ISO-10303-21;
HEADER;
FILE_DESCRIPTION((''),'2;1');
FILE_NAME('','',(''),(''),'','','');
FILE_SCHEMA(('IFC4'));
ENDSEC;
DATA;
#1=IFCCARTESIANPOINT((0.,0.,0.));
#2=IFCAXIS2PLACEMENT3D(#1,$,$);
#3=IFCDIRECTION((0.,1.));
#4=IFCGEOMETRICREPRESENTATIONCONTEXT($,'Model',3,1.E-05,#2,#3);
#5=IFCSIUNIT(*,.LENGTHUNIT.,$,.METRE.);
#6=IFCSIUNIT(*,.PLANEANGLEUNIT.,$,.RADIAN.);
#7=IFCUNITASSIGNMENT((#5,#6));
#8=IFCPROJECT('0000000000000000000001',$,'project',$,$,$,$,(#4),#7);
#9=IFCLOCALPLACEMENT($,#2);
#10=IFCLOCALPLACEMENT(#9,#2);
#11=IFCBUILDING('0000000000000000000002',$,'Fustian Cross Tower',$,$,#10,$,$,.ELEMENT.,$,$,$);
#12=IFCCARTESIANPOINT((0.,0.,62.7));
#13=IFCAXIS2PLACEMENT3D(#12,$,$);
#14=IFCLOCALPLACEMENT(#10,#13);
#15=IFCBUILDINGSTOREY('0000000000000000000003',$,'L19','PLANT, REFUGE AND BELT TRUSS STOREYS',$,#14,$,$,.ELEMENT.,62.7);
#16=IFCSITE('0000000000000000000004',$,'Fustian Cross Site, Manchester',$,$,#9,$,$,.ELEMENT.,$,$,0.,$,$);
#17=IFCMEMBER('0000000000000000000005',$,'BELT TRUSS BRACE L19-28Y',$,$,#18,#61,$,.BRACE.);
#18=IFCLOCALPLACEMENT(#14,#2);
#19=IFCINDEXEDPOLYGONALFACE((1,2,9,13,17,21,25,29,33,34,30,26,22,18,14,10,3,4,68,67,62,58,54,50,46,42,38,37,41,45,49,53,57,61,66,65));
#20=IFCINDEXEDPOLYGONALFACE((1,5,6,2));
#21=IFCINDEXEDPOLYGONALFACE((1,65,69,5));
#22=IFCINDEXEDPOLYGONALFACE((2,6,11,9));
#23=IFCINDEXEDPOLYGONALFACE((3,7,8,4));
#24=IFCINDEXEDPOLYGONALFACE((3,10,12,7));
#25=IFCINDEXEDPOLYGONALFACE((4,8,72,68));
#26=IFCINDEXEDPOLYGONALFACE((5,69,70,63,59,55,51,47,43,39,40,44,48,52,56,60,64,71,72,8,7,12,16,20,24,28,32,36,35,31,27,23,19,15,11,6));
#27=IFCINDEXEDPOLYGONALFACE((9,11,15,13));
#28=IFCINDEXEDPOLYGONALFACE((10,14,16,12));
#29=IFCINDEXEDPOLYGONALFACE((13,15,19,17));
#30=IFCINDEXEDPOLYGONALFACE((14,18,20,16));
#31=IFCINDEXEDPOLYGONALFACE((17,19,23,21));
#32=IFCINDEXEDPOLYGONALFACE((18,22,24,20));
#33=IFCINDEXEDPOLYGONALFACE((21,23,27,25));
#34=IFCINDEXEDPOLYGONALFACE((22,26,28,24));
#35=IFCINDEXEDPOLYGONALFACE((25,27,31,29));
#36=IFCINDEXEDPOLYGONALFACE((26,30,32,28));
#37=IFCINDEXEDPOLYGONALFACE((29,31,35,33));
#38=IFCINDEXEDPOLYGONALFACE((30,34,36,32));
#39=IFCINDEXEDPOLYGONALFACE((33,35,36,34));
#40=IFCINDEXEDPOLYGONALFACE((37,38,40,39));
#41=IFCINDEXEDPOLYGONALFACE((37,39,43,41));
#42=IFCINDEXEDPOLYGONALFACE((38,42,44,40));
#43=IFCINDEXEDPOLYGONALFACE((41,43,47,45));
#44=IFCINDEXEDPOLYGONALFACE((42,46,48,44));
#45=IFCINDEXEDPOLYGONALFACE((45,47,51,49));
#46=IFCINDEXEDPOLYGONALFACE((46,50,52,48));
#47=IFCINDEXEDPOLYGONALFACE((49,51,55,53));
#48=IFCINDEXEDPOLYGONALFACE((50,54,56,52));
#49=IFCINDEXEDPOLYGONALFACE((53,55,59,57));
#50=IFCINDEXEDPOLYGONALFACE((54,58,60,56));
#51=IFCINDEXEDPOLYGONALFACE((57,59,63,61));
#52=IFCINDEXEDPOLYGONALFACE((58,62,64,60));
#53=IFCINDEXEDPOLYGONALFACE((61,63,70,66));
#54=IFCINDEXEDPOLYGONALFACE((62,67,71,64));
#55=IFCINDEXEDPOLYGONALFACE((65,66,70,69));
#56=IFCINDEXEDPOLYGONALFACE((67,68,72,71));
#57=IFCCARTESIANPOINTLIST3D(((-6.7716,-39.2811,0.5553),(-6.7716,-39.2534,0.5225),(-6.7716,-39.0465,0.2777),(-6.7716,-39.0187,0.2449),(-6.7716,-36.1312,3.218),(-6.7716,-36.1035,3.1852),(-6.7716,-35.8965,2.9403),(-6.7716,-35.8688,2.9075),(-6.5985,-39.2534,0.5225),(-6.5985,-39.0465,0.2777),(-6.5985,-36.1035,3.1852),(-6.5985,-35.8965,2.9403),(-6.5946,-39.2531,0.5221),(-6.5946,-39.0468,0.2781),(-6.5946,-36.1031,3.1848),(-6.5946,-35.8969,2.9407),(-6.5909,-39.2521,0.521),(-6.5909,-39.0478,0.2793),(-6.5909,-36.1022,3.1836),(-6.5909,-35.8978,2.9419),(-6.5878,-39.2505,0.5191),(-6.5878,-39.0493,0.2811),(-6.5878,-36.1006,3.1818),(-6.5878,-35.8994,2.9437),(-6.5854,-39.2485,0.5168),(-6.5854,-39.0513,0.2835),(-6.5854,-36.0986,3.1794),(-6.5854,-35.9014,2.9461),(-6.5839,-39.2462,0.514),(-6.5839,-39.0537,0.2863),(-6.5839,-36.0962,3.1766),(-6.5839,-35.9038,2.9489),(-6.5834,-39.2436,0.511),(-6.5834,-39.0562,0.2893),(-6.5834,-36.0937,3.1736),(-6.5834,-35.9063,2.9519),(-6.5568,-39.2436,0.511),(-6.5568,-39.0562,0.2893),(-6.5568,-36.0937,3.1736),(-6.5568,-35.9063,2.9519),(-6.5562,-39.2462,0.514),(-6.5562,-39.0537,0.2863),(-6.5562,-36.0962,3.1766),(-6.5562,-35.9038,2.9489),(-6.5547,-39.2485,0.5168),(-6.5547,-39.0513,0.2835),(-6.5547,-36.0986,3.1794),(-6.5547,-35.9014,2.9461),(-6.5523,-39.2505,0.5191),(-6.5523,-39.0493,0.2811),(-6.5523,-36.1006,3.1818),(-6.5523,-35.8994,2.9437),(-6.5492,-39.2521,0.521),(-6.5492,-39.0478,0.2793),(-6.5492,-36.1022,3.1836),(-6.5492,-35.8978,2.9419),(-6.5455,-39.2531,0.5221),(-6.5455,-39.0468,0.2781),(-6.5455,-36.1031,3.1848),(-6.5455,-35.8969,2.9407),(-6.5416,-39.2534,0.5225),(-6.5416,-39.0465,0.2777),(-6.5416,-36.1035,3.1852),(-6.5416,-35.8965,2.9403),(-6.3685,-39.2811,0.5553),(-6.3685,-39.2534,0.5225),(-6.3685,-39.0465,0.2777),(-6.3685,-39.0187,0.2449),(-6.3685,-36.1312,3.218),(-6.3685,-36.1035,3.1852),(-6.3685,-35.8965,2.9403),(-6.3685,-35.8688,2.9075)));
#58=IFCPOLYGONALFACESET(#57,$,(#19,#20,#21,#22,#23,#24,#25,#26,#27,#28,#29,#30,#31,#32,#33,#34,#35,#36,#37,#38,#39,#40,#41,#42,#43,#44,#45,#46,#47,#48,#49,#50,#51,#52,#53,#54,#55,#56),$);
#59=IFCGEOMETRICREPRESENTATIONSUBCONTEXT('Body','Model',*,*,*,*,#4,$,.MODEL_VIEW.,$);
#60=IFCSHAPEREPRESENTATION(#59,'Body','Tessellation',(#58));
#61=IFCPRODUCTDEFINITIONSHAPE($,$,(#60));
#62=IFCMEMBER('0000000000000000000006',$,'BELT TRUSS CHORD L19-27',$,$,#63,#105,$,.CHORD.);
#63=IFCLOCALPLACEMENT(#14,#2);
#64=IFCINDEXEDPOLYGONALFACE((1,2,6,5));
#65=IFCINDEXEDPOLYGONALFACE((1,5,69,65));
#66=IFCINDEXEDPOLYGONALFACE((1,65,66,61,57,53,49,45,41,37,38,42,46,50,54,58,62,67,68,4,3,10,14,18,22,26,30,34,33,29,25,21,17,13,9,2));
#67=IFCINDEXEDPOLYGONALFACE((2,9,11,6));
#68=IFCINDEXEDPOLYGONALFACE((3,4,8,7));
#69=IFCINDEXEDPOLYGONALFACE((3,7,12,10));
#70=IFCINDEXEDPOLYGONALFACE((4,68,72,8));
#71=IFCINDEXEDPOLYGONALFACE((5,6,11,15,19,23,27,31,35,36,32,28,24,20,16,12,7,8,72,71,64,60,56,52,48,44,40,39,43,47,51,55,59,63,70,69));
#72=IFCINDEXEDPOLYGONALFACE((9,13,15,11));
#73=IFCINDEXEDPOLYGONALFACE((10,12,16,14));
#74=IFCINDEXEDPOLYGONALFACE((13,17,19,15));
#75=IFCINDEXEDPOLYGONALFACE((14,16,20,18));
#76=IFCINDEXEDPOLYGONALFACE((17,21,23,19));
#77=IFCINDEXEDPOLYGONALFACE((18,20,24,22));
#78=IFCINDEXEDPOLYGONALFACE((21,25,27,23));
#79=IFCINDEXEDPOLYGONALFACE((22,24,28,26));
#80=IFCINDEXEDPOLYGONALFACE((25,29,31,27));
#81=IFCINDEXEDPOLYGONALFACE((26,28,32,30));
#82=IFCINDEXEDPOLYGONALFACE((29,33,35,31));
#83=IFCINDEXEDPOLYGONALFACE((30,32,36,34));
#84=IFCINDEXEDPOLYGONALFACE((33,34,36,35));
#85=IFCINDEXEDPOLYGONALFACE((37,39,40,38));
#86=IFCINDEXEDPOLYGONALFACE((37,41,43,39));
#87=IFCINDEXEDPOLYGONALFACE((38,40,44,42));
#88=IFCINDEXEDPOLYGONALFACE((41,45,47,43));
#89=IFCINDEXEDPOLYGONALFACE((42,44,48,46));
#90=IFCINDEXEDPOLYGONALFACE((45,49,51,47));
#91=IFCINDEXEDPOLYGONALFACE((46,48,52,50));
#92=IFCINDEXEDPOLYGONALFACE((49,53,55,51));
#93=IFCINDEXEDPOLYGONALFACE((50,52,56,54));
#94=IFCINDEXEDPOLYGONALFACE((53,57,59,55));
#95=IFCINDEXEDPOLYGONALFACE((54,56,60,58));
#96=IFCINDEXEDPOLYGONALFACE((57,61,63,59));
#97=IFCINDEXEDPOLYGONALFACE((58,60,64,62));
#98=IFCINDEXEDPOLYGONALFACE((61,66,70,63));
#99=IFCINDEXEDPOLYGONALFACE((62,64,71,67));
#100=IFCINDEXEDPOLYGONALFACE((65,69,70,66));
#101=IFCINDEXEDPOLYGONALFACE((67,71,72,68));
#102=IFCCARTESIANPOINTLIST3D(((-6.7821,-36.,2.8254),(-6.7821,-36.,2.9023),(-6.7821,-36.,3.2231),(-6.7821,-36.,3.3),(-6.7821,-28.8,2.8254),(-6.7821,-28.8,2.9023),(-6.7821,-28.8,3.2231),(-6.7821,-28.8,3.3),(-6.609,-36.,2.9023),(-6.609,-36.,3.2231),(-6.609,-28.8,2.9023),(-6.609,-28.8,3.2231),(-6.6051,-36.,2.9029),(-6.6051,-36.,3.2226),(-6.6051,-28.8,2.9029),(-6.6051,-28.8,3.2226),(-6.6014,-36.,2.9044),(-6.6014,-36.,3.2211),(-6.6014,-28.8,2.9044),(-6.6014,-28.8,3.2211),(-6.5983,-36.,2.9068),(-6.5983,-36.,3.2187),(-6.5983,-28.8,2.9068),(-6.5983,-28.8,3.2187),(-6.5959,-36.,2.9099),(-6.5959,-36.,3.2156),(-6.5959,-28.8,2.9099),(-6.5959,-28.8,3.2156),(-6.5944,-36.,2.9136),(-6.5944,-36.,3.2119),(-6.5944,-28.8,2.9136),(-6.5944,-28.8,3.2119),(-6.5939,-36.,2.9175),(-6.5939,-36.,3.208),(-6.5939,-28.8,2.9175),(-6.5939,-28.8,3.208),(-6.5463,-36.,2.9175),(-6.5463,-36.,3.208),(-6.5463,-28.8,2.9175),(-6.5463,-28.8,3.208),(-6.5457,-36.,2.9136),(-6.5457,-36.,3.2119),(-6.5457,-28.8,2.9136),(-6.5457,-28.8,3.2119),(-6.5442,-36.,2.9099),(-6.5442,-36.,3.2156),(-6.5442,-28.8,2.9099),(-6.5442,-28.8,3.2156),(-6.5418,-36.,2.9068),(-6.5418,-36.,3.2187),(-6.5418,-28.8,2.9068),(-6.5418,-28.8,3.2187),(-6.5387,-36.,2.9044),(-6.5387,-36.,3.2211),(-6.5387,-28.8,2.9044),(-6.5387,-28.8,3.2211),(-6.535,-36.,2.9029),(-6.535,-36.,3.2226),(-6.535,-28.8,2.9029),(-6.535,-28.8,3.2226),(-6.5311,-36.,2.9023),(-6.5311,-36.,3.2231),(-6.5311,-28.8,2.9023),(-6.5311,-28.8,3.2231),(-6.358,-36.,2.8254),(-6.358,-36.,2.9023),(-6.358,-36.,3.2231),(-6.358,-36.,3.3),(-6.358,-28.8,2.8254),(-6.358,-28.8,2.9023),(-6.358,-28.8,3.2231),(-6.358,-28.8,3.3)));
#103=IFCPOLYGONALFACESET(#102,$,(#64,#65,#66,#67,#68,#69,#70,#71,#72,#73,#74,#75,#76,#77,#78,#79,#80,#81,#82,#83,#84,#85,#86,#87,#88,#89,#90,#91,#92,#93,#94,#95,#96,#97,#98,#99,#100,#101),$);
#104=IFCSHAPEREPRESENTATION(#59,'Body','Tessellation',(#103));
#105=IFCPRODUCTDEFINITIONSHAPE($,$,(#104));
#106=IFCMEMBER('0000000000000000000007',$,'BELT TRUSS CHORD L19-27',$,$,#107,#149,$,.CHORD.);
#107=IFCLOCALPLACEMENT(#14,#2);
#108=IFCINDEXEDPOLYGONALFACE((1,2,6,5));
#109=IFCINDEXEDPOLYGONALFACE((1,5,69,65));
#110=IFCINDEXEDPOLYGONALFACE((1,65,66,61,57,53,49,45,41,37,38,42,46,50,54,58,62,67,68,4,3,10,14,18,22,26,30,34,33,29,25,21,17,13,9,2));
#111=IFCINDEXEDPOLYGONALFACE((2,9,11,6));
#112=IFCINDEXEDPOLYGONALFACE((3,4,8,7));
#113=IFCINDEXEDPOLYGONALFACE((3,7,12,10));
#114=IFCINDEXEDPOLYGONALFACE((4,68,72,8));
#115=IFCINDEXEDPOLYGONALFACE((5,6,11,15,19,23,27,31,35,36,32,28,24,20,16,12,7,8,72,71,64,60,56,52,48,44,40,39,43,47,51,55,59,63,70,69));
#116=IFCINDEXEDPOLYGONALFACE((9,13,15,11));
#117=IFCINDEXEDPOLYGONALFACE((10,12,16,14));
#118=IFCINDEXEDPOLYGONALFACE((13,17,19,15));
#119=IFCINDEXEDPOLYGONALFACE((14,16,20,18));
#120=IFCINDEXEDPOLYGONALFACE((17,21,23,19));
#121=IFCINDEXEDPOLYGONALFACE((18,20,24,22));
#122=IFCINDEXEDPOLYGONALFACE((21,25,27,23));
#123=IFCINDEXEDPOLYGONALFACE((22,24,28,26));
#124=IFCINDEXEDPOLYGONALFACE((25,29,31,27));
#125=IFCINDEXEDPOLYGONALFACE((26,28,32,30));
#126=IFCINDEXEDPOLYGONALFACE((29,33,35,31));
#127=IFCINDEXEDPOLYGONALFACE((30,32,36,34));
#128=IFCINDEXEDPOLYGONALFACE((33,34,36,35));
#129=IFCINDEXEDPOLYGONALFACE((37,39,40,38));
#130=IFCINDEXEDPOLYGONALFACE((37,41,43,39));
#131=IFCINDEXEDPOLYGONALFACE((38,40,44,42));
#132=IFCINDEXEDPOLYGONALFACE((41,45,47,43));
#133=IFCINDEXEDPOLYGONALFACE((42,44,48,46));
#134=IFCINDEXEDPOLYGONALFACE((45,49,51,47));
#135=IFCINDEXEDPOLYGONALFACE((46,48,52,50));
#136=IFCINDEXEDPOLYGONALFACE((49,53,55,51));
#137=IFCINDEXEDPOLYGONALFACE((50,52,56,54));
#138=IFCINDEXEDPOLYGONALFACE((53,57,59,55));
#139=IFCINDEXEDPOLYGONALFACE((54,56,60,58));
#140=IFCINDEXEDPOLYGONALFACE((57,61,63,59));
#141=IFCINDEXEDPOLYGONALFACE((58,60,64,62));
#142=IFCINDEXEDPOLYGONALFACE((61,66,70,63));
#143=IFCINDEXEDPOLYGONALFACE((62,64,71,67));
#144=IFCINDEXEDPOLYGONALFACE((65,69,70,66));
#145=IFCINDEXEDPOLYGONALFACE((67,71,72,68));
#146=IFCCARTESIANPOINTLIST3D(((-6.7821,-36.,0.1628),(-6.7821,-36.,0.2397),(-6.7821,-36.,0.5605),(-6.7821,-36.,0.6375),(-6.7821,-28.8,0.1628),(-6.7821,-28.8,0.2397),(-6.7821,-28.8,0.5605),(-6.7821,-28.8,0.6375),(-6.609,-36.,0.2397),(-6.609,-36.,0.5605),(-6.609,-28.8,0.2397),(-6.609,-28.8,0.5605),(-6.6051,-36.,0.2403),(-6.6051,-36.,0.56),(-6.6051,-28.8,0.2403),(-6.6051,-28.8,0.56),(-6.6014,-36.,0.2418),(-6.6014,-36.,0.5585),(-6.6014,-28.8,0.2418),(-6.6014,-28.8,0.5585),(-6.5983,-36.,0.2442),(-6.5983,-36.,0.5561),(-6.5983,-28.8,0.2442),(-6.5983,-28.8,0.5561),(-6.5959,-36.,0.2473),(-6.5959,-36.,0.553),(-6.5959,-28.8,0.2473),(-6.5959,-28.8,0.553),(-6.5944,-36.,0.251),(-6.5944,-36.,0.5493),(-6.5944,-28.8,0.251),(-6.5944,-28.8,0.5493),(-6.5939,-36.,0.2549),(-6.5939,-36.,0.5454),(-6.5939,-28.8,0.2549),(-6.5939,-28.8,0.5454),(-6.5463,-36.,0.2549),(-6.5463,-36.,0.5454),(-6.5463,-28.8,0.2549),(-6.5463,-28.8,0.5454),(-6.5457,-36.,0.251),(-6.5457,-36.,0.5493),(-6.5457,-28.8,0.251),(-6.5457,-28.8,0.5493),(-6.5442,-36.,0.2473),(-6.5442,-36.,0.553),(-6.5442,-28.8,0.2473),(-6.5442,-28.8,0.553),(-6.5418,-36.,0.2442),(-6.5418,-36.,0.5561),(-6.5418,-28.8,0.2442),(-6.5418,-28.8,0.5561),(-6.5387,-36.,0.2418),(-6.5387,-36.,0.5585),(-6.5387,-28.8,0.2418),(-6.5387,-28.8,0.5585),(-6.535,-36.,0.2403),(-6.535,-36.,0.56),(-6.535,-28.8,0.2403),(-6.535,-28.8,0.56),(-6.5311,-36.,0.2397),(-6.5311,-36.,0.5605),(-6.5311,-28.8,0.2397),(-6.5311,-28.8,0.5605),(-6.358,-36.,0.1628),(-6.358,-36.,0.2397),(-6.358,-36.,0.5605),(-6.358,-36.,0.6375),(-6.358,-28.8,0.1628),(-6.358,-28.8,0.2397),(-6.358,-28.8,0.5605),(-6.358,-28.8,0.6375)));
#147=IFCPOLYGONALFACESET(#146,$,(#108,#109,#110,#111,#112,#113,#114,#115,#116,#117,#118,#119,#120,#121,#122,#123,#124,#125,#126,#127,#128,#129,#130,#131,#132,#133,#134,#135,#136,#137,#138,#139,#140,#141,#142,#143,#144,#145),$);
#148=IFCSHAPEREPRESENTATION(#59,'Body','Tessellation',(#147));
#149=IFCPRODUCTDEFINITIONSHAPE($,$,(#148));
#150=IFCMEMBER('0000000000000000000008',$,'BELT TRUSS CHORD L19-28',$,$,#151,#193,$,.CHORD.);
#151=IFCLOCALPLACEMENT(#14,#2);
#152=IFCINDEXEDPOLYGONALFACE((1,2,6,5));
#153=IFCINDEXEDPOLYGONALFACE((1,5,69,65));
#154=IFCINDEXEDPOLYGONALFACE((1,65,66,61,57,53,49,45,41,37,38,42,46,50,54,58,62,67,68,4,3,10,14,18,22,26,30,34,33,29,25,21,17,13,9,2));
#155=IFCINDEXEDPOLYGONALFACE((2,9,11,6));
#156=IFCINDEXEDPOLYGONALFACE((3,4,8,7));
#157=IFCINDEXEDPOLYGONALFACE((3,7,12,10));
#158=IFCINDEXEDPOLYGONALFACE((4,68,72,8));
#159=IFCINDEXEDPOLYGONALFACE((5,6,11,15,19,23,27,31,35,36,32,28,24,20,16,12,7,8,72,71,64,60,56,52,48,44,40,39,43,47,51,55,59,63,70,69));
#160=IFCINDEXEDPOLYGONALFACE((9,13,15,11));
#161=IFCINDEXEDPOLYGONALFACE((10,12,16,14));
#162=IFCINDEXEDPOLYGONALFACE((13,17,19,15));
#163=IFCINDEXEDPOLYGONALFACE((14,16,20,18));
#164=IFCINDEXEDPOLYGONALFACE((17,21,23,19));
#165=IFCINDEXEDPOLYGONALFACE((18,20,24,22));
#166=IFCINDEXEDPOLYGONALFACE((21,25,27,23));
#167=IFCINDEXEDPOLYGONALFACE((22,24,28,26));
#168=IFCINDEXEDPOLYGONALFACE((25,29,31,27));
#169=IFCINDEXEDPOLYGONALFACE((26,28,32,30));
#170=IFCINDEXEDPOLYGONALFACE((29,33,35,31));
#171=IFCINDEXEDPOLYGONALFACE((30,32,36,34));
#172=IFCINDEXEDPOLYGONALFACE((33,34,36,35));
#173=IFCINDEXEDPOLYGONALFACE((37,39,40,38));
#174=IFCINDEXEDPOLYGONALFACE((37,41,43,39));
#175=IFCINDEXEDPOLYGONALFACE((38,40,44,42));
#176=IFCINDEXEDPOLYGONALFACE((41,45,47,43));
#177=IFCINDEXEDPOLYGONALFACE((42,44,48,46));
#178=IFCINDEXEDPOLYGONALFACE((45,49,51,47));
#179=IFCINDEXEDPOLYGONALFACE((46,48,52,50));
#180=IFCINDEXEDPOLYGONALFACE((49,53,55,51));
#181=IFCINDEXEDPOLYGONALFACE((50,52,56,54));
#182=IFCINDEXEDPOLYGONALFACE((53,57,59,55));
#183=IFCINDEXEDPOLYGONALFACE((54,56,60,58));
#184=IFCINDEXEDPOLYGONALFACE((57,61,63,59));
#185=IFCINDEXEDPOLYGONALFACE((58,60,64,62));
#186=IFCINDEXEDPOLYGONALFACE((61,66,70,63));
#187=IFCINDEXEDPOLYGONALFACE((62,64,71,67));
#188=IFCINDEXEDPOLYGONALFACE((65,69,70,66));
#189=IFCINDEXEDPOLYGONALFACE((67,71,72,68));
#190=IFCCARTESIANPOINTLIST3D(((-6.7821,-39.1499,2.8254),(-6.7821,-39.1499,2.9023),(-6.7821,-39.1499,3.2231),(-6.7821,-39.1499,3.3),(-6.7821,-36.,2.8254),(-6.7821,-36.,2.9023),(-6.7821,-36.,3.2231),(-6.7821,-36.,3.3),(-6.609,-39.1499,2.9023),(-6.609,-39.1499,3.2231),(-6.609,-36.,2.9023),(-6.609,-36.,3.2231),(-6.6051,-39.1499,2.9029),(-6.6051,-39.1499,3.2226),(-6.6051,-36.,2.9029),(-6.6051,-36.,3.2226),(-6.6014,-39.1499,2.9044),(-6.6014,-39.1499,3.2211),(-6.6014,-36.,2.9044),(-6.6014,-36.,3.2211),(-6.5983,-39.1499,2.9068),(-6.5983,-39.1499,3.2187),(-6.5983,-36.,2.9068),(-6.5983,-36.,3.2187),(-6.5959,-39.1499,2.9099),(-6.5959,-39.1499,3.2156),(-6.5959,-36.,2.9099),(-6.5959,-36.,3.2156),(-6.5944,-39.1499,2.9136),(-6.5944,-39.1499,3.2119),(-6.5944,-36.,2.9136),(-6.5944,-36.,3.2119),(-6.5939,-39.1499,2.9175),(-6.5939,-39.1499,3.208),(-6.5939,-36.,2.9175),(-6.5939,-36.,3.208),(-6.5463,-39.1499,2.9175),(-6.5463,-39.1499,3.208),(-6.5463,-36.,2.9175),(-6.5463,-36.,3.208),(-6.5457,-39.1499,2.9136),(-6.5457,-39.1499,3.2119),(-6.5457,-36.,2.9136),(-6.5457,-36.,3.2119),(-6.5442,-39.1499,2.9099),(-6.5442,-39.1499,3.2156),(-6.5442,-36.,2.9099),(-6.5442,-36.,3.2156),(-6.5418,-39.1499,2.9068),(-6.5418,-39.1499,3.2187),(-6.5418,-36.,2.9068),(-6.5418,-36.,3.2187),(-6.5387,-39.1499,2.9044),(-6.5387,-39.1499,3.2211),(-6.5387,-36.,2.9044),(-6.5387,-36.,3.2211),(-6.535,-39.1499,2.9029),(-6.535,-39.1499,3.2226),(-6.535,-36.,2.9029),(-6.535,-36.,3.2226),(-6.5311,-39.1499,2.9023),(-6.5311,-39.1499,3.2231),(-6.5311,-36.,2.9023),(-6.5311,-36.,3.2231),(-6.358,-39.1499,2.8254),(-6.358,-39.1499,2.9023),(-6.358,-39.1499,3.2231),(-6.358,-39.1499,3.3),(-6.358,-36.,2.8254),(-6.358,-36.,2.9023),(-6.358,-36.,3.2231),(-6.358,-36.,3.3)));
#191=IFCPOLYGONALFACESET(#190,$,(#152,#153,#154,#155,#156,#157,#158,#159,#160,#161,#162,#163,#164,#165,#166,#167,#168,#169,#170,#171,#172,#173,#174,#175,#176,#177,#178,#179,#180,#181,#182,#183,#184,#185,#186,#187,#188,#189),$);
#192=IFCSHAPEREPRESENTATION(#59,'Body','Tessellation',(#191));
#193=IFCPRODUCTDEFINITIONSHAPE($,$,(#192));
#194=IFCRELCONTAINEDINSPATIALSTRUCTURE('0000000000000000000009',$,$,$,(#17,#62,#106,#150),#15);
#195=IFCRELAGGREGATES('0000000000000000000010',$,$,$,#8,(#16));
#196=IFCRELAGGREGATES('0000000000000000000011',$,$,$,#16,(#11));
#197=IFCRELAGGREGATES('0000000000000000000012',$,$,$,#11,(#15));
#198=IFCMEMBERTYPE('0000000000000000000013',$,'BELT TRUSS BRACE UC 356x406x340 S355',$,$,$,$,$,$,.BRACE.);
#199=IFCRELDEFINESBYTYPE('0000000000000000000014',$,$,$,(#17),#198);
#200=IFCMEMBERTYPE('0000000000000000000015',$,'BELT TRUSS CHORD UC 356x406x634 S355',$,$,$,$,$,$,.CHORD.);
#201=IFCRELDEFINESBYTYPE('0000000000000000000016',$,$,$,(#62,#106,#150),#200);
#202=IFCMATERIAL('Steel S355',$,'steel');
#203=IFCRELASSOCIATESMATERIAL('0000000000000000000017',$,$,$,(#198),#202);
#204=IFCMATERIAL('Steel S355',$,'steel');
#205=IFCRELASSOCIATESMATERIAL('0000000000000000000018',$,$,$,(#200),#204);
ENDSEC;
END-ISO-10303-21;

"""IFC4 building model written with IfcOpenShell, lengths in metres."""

from ifc_helpers import new_model, si_unit, direction, frame, origin, origin_2d, place, context, subcontext, project, spatial, i_section, extrude, material, material_profile, profile_set, type_object, element, save


model = new_model("IFC4")

# Units and contexts
model_context = context("Model", 3, precision=1e-05, world=origin(), true_north=direction((0.0, 1.0)))
body_context = subcontext(model_context, "Body", "Model", "MODEL_VIEW")
ifc_project = project(units=[si_unit("LENGTHUNIT", "METRE"), si_unit("PLANEANGLEUNIT", "RADIAN")], contexts=[model_context])

# Site, building, storey
site_placement = place(None, origin())
site = spatial("IfcSite", under=ifc_project, at=site_placement, Name="Fustian Cross Site, Manchester", CompositionType="ELEMENT", RefElevation=0.0)
building_placement = place(site_placement, origin())
building = spatial("IfcBuilding", under=site, at=building_placement, Name="Fustian Cross Tower", CompositionType="ELEMENT")
storey_placement = place(building_placement, frame((0.0, 0.0, 62.7)))
storey = spatial("IfcBuildingStorey", under=building, at=storey_placement, Name="L19", Description="PLANT, REFUGE AND BELT TRUSS STOREYS", CompositionType="ELEMENT", Elevation=62.7)

# Members
ifc_material_1 = material(Name="Steel S355", Category="steel")
ifc_material_profile_1 = material_profile(ifc_material_1, i_section(OverallWidth=0.4031, OverallDepth=0.4065, WebThickness=0.0266, FlangeThickness=0.043, FilletRadius=0.0151, at=origin_2d()), Name="UC 356x406x340")
ifc_profile_set_1 = profile_set([ifc_material_profile_1], Name="Steel S355")
member_type_1 = type_object("IfcMemberType", Name="BELT TRUSS BRACE UC 356x406x340 S355", PredefinedType="BRACE", material=ifc_profile_set_1)
for number, where, z_axis, x_axis, name in (
    (1, (-6.5701, -36.0, 3.0627), (0.0, -0.76371, -0.64556), (1.0, 0.0, 0.0), "BELT TRUSS BRACE L19-28Y"),
):
    element("IfcMember", number, at=place(storey_placement, frame(where, z_axis=z_axis, x_axis=x_axis)), inside=storey, type_object=member_type_1, Name=name, PredefinedType="BRACE", context=body_context, shape_type="SweptSolid", body=[
        extrude(i_section(OverallWidth=0.4031, OverallDepth=0.4065, WebThickness=0.0266, FlangeThickness=0.043, FilletRadius=0.0151, at=origin_2d()), origin(), (0.0, 0.0, 1.0), 4.1245),
    ])
ifc_material_2 = material(Name="Steel S355", Category="steel")
ifc_material_profile_2 = material_profile(ifc_material_2, i_section(OverallWidth=0.4241, OverallDepth=0.4746, WebThickness=0.0476, FlangeThickness=0.0769, FilletRadius=0.0151, at=origin_2d()), Name="UC 356x406x634")
ifc_profile_set_2 = profile_set([ifc_material_profile_2], Name="Steel S355")
member_type_2 = type_object("IfcMemberType", Name="BELT TRUSS CHORD UC 356x406x634 S355", PredefinedType="CHORD", material=ifc_profile_set_2)
for number, where, z_axis, x_axis, name in (
    (2, (-6.5701, -28.8, 3.0627), (0.0, -1.0, 0.0), (1.0, 0.0, 0.0), "BELT TRUSS CHORD L19-27"),
    (3, (-6.5701, -28.8, 0.4001), (0.0, -1.0, 0.0), (1.0, 0.0, 0.0), "BELT TRUSS CHORD L19-27"),
):
    element("IfcMember", number, at=place(storey_placement, frame(where, z_axis=z_axis, x_axis=x_axis)), inside=storey, type_object=member_type_2, Name=name, PredefinedType="CHORD", context=body_context, shape_type="SweptSolid", body=[
        extrude(i_section(OverallWidth=0.4241, OverallDepth=0.4746, WebThickness=0.0476, FlangeThickness=0.0769, FilletRadius=0.0151, at=origin_2d()), origin(), (0.0, 0.0, 1.0), 7.2),
    ])
for number, where, z_axis, x_axis, name in (
    (4, (-6.5701, -36.0, 3.0627), (0.0, -1.0, 0.0), (1.0, 0.0, 0.0), "BELT TRUSS CHORD L19-28"),
):
    element("IfcMember", number, at=place(storey_placement, frame(where, z_axis=z_axis, x_axis=x_axis)), inside=storey, type_object=member_type_2, Name=name, PredefinedType="CHORD", context=body_context, shape_type="SweptSolid", body=[
        extrude(i_section(OverallWidth=0.4241, OverallDepth=0.4746, WebThickness=0.0476, FlangeThickness=0.0769, FilletRadius=0.0151, at=origin_2d()), origin(), (0.0, 0.0, 1.0), 3.1499),
    ])

save(model, "model.ifc")
